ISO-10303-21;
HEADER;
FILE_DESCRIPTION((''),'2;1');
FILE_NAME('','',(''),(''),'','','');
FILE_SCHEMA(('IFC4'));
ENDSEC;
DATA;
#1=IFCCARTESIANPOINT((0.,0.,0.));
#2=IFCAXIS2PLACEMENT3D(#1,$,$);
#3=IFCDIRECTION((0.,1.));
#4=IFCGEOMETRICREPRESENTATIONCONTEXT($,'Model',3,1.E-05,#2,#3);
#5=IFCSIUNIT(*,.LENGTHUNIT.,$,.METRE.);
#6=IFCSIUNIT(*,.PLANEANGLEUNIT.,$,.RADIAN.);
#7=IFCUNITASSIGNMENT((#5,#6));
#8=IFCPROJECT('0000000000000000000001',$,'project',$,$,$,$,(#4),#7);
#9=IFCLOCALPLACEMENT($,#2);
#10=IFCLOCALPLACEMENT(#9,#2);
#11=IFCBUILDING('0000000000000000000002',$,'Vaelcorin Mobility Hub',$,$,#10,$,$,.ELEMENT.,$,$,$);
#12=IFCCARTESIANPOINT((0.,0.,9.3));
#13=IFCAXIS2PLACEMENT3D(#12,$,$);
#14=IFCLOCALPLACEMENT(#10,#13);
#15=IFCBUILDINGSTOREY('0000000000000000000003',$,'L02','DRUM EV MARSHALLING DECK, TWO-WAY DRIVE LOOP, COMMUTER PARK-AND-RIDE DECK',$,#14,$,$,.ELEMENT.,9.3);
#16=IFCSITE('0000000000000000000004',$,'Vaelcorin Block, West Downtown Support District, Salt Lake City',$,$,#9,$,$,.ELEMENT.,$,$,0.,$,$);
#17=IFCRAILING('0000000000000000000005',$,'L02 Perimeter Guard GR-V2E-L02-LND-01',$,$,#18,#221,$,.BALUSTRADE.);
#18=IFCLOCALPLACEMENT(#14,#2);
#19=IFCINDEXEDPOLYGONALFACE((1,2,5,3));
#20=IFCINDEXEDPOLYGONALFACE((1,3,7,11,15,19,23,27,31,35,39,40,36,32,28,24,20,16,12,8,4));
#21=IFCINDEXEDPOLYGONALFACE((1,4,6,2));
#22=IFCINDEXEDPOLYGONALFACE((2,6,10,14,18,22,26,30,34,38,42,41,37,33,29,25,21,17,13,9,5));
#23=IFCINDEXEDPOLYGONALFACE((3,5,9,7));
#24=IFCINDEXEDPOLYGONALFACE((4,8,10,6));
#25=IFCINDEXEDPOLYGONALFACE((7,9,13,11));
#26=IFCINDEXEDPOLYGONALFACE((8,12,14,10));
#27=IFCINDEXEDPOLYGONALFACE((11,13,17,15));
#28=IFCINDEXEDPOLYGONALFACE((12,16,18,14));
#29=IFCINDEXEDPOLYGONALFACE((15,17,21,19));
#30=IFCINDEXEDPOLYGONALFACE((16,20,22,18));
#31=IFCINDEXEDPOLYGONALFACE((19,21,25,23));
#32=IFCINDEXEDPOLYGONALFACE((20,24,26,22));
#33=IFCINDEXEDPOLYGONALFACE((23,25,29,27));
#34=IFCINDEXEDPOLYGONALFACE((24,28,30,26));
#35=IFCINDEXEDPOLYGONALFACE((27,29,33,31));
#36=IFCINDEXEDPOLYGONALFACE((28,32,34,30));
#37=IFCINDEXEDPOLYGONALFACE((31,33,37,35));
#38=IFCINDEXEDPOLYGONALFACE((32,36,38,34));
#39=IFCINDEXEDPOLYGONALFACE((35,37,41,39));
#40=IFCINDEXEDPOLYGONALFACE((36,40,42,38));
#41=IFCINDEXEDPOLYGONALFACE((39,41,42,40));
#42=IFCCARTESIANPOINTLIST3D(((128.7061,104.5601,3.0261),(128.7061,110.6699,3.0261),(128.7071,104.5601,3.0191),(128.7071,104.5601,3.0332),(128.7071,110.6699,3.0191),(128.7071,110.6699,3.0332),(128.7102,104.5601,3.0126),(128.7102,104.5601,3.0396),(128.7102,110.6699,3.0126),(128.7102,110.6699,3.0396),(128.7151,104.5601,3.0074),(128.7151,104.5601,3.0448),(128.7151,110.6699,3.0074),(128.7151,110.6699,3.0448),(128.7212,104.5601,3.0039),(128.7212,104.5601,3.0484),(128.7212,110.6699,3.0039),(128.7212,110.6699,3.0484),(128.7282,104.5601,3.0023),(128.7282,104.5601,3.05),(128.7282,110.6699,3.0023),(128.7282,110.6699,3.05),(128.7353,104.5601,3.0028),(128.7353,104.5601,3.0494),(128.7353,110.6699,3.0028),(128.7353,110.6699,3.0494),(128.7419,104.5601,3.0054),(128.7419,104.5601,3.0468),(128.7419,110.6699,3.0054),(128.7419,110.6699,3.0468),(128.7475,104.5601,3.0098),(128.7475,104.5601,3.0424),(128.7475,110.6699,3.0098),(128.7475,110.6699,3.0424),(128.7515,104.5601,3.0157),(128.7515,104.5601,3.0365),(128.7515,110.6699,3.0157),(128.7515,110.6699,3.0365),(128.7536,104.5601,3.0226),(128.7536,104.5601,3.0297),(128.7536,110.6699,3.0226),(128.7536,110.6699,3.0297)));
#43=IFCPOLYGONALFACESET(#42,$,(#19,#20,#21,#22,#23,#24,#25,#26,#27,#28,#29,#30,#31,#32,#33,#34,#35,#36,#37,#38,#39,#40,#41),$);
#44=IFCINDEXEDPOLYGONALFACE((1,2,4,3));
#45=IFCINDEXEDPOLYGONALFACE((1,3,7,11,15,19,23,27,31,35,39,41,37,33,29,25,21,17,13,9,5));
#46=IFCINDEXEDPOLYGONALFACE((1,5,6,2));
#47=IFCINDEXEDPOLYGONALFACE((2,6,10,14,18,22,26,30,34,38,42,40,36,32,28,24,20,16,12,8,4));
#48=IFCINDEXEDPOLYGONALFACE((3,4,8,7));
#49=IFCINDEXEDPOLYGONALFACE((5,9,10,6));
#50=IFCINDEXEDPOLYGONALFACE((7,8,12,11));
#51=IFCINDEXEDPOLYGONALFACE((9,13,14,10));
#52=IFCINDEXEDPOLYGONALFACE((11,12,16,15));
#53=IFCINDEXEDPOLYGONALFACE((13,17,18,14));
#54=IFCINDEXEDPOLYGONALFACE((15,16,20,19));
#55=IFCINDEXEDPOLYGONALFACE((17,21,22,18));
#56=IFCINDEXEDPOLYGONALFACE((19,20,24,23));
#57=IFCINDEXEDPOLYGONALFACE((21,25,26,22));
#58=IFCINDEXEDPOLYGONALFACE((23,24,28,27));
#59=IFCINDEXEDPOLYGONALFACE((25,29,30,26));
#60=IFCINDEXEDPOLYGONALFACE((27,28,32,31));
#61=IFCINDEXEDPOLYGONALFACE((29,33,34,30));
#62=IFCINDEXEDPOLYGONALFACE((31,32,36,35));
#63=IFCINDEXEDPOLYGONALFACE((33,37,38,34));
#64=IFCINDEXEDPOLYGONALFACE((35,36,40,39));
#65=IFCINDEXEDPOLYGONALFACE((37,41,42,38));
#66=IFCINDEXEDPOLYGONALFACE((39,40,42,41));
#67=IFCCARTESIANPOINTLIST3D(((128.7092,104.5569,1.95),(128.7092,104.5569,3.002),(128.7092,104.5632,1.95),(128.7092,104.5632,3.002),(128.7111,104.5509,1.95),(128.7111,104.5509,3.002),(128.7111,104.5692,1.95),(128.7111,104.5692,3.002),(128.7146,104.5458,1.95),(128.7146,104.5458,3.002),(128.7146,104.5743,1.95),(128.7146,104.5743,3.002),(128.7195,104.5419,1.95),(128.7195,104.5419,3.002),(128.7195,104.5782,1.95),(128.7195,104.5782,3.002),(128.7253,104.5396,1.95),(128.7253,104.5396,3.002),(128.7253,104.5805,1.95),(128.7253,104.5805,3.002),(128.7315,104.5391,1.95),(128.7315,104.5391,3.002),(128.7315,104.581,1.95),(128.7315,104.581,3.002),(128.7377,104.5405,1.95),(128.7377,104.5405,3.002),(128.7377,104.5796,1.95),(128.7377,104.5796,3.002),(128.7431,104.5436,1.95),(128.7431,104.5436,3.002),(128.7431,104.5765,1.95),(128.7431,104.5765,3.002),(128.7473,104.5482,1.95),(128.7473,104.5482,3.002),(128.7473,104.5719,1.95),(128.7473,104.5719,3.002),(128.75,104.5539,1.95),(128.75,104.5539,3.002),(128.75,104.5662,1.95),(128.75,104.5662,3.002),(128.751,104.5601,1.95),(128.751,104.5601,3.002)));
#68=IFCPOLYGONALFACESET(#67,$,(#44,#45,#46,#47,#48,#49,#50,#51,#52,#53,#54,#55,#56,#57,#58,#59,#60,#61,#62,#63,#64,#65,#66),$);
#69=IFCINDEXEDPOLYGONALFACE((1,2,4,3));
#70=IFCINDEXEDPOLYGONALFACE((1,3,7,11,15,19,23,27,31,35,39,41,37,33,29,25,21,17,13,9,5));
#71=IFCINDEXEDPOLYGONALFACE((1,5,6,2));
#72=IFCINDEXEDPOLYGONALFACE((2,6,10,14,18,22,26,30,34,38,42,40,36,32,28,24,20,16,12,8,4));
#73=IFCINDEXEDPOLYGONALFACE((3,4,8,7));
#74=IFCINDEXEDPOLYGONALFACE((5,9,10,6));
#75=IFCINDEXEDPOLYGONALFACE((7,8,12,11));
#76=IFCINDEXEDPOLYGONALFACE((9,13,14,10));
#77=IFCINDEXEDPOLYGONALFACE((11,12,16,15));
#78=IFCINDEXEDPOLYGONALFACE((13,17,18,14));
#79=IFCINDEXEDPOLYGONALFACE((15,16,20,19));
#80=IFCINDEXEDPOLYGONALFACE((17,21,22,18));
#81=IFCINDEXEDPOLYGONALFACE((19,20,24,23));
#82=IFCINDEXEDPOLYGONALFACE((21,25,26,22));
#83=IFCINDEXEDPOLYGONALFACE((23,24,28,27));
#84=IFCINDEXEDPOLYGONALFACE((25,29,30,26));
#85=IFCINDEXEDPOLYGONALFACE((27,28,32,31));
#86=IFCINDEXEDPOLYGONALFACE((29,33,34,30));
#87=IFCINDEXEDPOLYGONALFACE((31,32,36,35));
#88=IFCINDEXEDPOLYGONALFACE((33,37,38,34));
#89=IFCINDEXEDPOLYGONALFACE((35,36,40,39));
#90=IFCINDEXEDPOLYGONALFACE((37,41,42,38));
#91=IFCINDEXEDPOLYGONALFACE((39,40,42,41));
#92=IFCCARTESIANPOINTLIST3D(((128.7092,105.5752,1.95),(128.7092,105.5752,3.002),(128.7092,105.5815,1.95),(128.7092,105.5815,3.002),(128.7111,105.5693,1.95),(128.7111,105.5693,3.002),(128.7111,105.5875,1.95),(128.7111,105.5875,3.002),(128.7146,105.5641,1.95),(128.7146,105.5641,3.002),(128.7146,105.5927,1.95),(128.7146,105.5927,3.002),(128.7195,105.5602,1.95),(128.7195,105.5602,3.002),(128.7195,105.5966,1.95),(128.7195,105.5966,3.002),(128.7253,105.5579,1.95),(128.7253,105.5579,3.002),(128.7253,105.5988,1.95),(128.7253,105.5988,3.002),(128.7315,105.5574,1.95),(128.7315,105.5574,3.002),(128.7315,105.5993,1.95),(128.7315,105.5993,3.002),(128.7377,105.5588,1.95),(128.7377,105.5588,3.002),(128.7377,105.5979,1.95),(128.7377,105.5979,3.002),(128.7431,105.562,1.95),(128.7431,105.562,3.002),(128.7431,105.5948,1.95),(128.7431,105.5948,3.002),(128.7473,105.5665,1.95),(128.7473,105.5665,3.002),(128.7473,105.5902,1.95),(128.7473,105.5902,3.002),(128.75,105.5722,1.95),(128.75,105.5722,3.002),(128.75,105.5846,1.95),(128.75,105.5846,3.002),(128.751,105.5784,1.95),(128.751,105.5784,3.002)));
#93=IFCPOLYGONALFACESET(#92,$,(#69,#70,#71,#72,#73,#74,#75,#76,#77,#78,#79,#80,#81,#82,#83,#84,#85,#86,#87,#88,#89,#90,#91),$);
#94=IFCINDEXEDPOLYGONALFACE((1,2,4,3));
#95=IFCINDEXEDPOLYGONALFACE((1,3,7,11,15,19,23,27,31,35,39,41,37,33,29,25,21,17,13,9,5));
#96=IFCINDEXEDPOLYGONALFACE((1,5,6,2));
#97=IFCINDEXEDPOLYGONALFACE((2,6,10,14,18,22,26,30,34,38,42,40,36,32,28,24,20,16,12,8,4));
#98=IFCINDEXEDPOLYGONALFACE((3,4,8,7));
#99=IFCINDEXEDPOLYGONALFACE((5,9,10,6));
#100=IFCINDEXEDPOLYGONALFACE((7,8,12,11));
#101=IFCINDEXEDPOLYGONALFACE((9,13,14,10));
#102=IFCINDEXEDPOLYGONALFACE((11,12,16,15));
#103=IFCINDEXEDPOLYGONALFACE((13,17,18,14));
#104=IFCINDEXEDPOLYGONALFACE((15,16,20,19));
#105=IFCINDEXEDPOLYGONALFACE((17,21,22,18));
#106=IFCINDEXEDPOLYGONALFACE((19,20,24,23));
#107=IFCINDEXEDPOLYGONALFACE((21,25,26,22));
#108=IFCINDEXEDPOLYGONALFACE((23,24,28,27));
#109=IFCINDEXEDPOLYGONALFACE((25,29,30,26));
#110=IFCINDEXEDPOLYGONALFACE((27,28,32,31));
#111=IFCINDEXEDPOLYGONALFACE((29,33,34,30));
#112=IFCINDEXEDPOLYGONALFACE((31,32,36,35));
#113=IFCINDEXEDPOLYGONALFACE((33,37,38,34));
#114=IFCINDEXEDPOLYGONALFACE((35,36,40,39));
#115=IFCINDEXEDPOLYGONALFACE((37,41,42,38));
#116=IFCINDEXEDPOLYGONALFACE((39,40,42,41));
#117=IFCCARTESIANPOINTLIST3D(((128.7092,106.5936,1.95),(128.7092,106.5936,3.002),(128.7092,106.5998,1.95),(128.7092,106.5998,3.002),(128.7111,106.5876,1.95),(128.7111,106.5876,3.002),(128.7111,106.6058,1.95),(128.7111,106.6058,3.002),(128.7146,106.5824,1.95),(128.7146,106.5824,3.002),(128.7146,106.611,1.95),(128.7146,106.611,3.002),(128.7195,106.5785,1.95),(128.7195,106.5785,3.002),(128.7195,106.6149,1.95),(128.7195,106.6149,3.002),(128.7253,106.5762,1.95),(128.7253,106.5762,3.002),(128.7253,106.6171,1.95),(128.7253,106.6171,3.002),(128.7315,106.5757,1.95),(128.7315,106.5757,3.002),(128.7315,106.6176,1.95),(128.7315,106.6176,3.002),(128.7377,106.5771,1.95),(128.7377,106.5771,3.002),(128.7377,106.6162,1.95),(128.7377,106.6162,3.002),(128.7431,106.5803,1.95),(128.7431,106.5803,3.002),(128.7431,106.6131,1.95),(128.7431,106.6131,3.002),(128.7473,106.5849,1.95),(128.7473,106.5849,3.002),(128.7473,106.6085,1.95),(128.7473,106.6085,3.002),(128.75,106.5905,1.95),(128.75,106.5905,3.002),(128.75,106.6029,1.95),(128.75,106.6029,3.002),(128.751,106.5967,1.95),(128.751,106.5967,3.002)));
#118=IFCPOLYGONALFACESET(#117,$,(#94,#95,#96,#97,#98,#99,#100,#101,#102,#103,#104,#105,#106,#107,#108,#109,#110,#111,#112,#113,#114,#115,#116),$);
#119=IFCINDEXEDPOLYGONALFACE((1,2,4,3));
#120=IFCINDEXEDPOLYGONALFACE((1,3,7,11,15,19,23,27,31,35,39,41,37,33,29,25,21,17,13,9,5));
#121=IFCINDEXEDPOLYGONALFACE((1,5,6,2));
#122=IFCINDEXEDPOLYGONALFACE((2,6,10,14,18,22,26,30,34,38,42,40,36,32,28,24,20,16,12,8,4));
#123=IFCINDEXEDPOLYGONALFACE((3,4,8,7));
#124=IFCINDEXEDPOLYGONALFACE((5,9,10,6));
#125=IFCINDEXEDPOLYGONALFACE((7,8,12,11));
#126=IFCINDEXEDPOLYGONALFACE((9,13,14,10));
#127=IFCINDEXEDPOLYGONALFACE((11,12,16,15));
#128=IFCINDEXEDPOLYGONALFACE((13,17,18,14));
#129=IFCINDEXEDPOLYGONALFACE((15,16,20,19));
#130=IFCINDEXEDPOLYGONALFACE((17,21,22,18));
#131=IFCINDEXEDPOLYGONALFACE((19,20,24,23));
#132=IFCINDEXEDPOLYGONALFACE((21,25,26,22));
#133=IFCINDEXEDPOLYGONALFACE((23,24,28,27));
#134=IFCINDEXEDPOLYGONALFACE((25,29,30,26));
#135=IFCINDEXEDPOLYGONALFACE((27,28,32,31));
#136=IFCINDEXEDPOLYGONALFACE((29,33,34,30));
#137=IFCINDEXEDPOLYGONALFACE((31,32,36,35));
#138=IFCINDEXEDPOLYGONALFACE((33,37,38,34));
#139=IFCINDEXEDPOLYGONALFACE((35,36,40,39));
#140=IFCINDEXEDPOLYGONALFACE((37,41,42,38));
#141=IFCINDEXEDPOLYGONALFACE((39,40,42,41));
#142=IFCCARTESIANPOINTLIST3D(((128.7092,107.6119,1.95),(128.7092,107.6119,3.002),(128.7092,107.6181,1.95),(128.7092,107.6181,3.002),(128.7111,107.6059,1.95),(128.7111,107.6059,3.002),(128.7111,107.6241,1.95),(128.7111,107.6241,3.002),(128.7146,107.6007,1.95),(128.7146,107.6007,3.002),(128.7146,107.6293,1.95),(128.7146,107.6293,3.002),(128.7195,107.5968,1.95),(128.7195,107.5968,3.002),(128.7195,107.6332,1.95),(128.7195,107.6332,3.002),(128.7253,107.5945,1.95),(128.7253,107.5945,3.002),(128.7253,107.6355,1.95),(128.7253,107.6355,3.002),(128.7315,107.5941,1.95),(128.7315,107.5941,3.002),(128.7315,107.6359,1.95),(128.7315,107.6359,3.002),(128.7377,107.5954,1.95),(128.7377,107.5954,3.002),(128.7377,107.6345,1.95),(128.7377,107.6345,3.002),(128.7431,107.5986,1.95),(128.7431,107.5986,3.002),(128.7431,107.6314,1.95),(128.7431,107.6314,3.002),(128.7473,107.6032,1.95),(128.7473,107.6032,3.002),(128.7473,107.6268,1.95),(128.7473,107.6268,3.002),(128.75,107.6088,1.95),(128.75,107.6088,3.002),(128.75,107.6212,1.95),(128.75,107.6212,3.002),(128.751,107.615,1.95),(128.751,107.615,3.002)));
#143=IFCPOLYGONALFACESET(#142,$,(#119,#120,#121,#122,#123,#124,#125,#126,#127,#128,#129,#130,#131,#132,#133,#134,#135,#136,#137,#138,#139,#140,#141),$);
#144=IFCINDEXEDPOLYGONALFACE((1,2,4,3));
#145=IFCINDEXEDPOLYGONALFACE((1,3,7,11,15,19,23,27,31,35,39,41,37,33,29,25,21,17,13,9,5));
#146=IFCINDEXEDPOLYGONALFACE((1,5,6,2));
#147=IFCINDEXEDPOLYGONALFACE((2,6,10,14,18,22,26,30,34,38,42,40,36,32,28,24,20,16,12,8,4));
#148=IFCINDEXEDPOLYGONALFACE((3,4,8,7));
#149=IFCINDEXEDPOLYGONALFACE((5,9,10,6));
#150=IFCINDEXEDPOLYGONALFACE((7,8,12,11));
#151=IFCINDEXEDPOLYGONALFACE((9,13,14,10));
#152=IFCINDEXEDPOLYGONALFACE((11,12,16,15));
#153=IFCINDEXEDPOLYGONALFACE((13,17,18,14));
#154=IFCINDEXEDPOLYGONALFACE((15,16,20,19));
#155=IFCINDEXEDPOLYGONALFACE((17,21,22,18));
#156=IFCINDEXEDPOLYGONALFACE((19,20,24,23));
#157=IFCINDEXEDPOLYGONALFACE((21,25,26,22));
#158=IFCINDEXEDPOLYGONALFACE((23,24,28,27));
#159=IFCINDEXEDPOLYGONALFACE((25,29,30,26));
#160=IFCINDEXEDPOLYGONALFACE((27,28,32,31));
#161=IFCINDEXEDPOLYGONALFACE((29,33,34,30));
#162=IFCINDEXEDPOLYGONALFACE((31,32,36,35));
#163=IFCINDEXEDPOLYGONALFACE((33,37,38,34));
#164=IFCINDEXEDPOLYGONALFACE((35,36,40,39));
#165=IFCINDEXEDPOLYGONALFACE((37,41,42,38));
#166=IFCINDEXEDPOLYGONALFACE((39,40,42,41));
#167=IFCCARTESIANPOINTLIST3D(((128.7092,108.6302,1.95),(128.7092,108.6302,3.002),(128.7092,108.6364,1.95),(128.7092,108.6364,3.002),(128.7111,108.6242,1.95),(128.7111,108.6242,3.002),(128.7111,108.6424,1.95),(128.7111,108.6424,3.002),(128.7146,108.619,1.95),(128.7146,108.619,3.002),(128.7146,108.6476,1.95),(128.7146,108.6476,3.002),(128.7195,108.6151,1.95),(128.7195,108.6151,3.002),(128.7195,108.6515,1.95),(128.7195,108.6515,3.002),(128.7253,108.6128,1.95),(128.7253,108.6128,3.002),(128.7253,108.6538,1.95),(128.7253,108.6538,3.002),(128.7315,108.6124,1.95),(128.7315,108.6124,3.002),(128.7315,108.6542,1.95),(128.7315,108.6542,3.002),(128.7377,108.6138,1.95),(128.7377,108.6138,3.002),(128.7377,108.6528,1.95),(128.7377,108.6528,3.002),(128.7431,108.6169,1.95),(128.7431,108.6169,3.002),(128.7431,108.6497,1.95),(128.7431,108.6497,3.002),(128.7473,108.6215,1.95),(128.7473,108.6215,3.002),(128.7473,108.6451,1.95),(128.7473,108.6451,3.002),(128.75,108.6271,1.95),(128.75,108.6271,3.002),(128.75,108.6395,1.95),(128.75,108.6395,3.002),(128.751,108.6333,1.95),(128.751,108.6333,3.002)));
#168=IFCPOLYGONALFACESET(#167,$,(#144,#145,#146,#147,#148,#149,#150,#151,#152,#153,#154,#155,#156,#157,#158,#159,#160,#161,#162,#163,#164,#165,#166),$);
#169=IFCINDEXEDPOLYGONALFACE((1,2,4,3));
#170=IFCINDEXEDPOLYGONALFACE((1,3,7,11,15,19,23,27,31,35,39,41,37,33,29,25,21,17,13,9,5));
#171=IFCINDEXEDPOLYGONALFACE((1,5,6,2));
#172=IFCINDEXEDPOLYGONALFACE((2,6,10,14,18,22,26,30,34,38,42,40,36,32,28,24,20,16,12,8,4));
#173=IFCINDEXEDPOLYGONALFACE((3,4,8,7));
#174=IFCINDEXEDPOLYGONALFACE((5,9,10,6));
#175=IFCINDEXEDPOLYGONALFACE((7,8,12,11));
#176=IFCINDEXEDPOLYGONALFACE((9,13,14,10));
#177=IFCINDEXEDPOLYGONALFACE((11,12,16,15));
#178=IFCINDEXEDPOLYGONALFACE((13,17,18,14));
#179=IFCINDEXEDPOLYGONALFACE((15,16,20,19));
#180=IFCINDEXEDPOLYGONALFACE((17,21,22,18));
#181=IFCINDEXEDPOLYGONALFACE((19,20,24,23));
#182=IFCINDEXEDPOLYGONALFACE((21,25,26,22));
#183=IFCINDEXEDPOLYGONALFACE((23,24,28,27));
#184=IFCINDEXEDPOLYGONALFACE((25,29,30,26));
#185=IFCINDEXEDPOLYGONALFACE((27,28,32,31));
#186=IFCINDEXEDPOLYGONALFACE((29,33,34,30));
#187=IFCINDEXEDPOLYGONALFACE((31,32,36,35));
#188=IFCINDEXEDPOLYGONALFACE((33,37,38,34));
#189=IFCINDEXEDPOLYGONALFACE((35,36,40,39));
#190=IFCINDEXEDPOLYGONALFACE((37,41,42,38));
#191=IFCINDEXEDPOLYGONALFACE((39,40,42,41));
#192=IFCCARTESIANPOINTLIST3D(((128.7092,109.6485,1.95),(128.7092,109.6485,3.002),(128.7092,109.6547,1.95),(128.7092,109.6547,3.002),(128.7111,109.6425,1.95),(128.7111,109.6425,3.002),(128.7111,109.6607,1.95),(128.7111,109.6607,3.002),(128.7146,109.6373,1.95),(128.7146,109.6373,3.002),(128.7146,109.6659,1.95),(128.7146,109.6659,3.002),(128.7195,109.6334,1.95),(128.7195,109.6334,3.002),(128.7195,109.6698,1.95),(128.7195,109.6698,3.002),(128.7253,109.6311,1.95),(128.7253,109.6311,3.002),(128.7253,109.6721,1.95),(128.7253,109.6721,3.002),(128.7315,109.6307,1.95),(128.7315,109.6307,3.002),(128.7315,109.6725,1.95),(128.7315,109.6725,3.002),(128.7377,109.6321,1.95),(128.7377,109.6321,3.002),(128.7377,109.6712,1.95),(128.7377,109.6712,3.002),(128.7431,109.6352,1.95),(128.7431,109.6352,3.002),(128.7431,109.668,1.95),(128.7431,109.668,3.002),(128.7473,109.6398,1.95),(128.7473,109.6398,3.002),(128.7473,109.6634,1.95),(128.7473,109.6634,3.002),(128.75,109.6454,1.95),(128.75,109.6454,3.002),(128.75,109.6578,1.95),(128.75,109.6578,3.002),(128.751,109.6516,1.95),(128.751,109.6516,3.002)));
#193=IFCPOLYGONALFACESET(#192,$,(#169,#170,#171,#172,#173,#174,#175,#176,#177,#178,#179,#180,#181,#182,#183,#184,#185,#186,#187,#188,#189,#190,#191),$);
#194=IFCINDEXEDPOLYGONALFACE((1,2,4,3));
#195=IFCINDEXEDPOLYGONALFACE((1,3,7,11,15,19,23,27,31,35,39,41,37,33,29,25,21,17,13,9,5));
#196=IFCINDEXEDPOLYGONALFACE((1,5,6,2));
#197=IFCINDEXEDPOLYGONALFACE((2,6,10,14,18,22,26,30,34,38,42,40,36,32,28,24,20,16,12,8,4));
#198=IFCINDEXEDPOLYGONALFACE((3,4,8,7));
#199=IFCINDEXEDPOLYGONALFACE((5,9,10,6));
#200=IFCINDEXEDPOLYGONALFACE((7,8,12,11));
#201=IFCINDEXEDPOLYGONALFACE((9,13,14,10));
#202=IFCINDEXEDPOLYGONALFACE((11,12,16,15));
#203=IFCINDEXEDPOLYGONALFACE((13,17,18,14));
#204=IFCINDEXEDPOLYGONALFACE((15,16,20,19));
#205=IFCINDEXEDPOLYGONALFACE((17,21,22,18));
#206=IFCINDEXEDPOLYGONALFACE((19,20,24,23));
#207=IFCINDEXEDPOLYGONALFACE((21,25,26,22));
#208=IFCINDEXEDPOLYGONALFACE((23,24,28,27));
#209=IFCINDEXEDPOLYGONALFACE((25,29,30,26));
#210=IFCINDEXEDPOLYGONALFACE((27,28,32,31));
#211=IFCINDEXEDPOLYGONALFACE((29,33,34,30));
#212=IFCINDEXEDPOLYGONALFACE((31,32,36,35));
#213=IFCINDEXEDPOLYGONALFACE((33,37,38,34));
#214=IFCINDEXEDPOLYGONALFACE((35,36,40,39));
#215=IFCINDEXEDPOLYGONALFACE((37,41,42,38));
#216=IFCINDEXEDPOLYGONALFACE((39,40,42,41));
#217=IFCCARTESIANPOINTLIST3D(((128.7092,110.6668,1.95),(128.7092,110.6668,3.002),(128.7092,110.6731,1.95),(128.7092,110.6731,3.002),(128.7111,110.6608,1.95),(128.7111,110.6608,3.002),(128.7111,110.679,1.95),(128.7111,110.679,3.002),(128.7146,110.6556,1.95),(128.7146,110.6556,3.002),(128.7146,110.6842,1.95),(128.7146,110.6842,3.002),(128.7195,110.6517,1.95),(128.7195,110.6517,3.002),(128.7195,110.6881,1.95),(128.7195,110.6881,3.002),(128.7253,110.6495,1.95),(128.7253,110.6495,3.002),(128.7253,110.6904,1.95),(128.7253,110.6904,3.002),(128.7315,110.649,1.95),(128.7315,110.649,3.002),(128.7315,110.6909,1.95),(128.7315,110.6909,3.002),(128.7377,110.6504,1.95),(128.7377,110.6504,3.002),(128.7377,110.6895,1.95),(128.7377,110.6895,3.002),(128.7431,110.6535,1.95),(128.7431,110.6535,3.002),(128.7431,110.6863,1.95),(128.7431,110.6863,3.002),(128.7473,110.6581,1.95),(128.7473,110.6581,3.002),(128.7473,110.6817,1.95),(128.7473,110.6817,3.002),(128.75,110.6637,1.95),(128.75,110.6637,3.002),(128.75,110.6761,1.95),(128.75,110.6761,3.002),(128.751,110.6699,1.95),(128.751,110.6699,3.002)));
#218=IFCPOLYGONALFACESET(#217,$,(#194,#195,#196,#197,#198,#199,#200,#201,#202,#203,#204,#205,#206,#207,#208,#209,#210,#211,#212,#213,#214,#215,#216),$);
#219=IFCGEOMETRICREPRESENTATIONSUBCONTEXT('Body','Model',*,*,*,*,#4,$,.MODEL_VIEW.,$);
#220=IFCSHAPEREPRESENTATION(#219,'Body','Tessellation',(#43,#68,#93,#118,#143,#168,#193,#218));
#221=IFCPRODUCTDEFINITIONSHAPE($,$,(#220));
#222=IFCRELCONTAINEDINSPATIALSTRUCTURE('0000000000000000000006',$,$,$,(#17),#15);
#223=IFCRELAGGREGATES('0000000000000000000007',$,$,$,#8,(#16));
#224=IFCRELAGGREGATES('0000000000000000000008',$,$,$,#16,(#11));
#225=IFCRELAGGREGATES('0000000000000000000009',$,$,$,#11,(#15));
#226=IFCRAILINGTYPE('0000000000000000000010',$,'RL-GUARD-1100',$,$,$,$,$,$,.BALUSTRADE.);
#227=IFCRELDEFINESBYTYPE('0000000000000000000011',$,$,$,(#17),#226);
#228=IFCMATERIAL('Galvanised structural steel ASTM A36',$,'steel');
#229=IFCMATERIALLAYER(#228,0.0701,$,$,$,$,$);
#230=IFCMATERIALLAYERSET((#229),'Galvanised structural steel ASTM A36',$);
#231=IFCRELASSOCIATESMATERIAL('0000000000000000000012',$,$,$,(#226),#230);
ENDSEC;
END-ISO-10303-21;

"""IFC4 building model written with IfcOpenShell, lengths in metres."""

from ifc_helpers import new_model, si_unit, direction, frame, origin, origin_2d, place, context, subcontext, project, spatial, circle, extrude, material, layer, layer_set, type_object, element, save


model = new_model("IFC4")

# Units and contexts
model_context = context("Model", 3, precision=1e-05, world=origin(), true_north=direction((0.0, 1.0)))
body_context = subcontext(model_context, "Body", "Model", "MODEL_VIEW")
ifc_project = project(units=[si_unit("LENGTHUNIT", "METRE"), si_unit("PLANEANGLEUNIT", "RADIAN")], contexts=[model_context])

# Site, building, storey
site_placement = place(None, origin())
site = spatial("IfcSite", under=ifc_project, at=site_placement, Name="Vaelcorin Block, West Downtown Support District, Salt Lake City", CompositionType="ELEMENT", RefElevation=0.0)
building_placement = place(site_placement, origin())
building = spatial("IfcBuilding", under=site, at=building_placement, Name="Vaelcorin Mobility Hub", CompositionType="ELEMENT")
storey_placement = place(building_placement, frame((0.0, 0.0, 9.3)))
storey = spatial("IfcBuildingStorey", under=building, at=storey_placement, Name="L02", Description="DRUM EV MARSHALLING DECK, TWO-WAY DRIVE LOOP, COMMUTER PARK-AND-RIDE DECK", CompositionType="ELEMENT", Elevation=9.3)

# Railing
ifc_material_1 = material(Name="Galvanised structural steel ASTM A36", Category="steel")
ifc_layer = layer(ifc_material_1, 0.0701)
ifc_layer_set = layer_set([ifc_layer], Name="Galvanised structural steel ASTM A36")
railing_type = type_object("IfcRailingType", Name="RL-GUARD-1100", PredefinedType="BALUSTRADE", material=ifc_layer_set)
railing_1_placement = place(storey_placement, frame((128.73, 104.5601, 1.95)))
element("IfcRailing", 1, at=railing_1_placement, inside=storey, type_object=railing_type, Name="L02 Perimeter Guard GR-V2E-L02-LND-01", PredefinedType="BALUSTRADE", context=body_context, shape_type="SweptSolid", body=[
    extrude(circle(Radius=0.0239, at=origin_2d()), frame((0.0, 0.0, 1.0762), z_axis=(0.0, 1.0, 0.0), x_axis=(-1.0, 0.0, 0.0)), (0.0, 0.0, 1.0), 6.1099),
    extrude(circle(Radius=0.021, at=origin_2d()), origin(), (0.0, 0.0, 1.0), 1.052),
    extrude(circle(Radius=0.021, at=origin_2d()), frame((0.0, 1.0183, 0.0)), (0.0, 0.0, 1.0), 1.052),
    extrude(circle(Radius=0.021, at=origin_2d()), frame((0.0, 2.0366, 0.0)), (0.0, 0.0, 1.0), 1.052),
    extrude(circle(Radius=0.021, at=origin_2d()), frame((0.0, 3.0549, 0.0)), (0.0, 0.0, 1.0), 1.052),
    extrude(circle(Radius=0.021, at=origin_2d()), frame((0.0, 4.0732, 0.0)), (0.0, 0.0, 1.0), 1.052),
    extrude(circle(Radius=0.021, at=origin_2d()), frame((0.0, 5.0916, 0.0)), (0.0, 0.0, 1.0), 1.052),
    extrude(circle(Radius=0.021, at=origin_2d()), frame((0.0, 6.1099, 0.0)), (0.0, 0.0, 1.0), 1.052),
])

save(model, "model.ifc")
